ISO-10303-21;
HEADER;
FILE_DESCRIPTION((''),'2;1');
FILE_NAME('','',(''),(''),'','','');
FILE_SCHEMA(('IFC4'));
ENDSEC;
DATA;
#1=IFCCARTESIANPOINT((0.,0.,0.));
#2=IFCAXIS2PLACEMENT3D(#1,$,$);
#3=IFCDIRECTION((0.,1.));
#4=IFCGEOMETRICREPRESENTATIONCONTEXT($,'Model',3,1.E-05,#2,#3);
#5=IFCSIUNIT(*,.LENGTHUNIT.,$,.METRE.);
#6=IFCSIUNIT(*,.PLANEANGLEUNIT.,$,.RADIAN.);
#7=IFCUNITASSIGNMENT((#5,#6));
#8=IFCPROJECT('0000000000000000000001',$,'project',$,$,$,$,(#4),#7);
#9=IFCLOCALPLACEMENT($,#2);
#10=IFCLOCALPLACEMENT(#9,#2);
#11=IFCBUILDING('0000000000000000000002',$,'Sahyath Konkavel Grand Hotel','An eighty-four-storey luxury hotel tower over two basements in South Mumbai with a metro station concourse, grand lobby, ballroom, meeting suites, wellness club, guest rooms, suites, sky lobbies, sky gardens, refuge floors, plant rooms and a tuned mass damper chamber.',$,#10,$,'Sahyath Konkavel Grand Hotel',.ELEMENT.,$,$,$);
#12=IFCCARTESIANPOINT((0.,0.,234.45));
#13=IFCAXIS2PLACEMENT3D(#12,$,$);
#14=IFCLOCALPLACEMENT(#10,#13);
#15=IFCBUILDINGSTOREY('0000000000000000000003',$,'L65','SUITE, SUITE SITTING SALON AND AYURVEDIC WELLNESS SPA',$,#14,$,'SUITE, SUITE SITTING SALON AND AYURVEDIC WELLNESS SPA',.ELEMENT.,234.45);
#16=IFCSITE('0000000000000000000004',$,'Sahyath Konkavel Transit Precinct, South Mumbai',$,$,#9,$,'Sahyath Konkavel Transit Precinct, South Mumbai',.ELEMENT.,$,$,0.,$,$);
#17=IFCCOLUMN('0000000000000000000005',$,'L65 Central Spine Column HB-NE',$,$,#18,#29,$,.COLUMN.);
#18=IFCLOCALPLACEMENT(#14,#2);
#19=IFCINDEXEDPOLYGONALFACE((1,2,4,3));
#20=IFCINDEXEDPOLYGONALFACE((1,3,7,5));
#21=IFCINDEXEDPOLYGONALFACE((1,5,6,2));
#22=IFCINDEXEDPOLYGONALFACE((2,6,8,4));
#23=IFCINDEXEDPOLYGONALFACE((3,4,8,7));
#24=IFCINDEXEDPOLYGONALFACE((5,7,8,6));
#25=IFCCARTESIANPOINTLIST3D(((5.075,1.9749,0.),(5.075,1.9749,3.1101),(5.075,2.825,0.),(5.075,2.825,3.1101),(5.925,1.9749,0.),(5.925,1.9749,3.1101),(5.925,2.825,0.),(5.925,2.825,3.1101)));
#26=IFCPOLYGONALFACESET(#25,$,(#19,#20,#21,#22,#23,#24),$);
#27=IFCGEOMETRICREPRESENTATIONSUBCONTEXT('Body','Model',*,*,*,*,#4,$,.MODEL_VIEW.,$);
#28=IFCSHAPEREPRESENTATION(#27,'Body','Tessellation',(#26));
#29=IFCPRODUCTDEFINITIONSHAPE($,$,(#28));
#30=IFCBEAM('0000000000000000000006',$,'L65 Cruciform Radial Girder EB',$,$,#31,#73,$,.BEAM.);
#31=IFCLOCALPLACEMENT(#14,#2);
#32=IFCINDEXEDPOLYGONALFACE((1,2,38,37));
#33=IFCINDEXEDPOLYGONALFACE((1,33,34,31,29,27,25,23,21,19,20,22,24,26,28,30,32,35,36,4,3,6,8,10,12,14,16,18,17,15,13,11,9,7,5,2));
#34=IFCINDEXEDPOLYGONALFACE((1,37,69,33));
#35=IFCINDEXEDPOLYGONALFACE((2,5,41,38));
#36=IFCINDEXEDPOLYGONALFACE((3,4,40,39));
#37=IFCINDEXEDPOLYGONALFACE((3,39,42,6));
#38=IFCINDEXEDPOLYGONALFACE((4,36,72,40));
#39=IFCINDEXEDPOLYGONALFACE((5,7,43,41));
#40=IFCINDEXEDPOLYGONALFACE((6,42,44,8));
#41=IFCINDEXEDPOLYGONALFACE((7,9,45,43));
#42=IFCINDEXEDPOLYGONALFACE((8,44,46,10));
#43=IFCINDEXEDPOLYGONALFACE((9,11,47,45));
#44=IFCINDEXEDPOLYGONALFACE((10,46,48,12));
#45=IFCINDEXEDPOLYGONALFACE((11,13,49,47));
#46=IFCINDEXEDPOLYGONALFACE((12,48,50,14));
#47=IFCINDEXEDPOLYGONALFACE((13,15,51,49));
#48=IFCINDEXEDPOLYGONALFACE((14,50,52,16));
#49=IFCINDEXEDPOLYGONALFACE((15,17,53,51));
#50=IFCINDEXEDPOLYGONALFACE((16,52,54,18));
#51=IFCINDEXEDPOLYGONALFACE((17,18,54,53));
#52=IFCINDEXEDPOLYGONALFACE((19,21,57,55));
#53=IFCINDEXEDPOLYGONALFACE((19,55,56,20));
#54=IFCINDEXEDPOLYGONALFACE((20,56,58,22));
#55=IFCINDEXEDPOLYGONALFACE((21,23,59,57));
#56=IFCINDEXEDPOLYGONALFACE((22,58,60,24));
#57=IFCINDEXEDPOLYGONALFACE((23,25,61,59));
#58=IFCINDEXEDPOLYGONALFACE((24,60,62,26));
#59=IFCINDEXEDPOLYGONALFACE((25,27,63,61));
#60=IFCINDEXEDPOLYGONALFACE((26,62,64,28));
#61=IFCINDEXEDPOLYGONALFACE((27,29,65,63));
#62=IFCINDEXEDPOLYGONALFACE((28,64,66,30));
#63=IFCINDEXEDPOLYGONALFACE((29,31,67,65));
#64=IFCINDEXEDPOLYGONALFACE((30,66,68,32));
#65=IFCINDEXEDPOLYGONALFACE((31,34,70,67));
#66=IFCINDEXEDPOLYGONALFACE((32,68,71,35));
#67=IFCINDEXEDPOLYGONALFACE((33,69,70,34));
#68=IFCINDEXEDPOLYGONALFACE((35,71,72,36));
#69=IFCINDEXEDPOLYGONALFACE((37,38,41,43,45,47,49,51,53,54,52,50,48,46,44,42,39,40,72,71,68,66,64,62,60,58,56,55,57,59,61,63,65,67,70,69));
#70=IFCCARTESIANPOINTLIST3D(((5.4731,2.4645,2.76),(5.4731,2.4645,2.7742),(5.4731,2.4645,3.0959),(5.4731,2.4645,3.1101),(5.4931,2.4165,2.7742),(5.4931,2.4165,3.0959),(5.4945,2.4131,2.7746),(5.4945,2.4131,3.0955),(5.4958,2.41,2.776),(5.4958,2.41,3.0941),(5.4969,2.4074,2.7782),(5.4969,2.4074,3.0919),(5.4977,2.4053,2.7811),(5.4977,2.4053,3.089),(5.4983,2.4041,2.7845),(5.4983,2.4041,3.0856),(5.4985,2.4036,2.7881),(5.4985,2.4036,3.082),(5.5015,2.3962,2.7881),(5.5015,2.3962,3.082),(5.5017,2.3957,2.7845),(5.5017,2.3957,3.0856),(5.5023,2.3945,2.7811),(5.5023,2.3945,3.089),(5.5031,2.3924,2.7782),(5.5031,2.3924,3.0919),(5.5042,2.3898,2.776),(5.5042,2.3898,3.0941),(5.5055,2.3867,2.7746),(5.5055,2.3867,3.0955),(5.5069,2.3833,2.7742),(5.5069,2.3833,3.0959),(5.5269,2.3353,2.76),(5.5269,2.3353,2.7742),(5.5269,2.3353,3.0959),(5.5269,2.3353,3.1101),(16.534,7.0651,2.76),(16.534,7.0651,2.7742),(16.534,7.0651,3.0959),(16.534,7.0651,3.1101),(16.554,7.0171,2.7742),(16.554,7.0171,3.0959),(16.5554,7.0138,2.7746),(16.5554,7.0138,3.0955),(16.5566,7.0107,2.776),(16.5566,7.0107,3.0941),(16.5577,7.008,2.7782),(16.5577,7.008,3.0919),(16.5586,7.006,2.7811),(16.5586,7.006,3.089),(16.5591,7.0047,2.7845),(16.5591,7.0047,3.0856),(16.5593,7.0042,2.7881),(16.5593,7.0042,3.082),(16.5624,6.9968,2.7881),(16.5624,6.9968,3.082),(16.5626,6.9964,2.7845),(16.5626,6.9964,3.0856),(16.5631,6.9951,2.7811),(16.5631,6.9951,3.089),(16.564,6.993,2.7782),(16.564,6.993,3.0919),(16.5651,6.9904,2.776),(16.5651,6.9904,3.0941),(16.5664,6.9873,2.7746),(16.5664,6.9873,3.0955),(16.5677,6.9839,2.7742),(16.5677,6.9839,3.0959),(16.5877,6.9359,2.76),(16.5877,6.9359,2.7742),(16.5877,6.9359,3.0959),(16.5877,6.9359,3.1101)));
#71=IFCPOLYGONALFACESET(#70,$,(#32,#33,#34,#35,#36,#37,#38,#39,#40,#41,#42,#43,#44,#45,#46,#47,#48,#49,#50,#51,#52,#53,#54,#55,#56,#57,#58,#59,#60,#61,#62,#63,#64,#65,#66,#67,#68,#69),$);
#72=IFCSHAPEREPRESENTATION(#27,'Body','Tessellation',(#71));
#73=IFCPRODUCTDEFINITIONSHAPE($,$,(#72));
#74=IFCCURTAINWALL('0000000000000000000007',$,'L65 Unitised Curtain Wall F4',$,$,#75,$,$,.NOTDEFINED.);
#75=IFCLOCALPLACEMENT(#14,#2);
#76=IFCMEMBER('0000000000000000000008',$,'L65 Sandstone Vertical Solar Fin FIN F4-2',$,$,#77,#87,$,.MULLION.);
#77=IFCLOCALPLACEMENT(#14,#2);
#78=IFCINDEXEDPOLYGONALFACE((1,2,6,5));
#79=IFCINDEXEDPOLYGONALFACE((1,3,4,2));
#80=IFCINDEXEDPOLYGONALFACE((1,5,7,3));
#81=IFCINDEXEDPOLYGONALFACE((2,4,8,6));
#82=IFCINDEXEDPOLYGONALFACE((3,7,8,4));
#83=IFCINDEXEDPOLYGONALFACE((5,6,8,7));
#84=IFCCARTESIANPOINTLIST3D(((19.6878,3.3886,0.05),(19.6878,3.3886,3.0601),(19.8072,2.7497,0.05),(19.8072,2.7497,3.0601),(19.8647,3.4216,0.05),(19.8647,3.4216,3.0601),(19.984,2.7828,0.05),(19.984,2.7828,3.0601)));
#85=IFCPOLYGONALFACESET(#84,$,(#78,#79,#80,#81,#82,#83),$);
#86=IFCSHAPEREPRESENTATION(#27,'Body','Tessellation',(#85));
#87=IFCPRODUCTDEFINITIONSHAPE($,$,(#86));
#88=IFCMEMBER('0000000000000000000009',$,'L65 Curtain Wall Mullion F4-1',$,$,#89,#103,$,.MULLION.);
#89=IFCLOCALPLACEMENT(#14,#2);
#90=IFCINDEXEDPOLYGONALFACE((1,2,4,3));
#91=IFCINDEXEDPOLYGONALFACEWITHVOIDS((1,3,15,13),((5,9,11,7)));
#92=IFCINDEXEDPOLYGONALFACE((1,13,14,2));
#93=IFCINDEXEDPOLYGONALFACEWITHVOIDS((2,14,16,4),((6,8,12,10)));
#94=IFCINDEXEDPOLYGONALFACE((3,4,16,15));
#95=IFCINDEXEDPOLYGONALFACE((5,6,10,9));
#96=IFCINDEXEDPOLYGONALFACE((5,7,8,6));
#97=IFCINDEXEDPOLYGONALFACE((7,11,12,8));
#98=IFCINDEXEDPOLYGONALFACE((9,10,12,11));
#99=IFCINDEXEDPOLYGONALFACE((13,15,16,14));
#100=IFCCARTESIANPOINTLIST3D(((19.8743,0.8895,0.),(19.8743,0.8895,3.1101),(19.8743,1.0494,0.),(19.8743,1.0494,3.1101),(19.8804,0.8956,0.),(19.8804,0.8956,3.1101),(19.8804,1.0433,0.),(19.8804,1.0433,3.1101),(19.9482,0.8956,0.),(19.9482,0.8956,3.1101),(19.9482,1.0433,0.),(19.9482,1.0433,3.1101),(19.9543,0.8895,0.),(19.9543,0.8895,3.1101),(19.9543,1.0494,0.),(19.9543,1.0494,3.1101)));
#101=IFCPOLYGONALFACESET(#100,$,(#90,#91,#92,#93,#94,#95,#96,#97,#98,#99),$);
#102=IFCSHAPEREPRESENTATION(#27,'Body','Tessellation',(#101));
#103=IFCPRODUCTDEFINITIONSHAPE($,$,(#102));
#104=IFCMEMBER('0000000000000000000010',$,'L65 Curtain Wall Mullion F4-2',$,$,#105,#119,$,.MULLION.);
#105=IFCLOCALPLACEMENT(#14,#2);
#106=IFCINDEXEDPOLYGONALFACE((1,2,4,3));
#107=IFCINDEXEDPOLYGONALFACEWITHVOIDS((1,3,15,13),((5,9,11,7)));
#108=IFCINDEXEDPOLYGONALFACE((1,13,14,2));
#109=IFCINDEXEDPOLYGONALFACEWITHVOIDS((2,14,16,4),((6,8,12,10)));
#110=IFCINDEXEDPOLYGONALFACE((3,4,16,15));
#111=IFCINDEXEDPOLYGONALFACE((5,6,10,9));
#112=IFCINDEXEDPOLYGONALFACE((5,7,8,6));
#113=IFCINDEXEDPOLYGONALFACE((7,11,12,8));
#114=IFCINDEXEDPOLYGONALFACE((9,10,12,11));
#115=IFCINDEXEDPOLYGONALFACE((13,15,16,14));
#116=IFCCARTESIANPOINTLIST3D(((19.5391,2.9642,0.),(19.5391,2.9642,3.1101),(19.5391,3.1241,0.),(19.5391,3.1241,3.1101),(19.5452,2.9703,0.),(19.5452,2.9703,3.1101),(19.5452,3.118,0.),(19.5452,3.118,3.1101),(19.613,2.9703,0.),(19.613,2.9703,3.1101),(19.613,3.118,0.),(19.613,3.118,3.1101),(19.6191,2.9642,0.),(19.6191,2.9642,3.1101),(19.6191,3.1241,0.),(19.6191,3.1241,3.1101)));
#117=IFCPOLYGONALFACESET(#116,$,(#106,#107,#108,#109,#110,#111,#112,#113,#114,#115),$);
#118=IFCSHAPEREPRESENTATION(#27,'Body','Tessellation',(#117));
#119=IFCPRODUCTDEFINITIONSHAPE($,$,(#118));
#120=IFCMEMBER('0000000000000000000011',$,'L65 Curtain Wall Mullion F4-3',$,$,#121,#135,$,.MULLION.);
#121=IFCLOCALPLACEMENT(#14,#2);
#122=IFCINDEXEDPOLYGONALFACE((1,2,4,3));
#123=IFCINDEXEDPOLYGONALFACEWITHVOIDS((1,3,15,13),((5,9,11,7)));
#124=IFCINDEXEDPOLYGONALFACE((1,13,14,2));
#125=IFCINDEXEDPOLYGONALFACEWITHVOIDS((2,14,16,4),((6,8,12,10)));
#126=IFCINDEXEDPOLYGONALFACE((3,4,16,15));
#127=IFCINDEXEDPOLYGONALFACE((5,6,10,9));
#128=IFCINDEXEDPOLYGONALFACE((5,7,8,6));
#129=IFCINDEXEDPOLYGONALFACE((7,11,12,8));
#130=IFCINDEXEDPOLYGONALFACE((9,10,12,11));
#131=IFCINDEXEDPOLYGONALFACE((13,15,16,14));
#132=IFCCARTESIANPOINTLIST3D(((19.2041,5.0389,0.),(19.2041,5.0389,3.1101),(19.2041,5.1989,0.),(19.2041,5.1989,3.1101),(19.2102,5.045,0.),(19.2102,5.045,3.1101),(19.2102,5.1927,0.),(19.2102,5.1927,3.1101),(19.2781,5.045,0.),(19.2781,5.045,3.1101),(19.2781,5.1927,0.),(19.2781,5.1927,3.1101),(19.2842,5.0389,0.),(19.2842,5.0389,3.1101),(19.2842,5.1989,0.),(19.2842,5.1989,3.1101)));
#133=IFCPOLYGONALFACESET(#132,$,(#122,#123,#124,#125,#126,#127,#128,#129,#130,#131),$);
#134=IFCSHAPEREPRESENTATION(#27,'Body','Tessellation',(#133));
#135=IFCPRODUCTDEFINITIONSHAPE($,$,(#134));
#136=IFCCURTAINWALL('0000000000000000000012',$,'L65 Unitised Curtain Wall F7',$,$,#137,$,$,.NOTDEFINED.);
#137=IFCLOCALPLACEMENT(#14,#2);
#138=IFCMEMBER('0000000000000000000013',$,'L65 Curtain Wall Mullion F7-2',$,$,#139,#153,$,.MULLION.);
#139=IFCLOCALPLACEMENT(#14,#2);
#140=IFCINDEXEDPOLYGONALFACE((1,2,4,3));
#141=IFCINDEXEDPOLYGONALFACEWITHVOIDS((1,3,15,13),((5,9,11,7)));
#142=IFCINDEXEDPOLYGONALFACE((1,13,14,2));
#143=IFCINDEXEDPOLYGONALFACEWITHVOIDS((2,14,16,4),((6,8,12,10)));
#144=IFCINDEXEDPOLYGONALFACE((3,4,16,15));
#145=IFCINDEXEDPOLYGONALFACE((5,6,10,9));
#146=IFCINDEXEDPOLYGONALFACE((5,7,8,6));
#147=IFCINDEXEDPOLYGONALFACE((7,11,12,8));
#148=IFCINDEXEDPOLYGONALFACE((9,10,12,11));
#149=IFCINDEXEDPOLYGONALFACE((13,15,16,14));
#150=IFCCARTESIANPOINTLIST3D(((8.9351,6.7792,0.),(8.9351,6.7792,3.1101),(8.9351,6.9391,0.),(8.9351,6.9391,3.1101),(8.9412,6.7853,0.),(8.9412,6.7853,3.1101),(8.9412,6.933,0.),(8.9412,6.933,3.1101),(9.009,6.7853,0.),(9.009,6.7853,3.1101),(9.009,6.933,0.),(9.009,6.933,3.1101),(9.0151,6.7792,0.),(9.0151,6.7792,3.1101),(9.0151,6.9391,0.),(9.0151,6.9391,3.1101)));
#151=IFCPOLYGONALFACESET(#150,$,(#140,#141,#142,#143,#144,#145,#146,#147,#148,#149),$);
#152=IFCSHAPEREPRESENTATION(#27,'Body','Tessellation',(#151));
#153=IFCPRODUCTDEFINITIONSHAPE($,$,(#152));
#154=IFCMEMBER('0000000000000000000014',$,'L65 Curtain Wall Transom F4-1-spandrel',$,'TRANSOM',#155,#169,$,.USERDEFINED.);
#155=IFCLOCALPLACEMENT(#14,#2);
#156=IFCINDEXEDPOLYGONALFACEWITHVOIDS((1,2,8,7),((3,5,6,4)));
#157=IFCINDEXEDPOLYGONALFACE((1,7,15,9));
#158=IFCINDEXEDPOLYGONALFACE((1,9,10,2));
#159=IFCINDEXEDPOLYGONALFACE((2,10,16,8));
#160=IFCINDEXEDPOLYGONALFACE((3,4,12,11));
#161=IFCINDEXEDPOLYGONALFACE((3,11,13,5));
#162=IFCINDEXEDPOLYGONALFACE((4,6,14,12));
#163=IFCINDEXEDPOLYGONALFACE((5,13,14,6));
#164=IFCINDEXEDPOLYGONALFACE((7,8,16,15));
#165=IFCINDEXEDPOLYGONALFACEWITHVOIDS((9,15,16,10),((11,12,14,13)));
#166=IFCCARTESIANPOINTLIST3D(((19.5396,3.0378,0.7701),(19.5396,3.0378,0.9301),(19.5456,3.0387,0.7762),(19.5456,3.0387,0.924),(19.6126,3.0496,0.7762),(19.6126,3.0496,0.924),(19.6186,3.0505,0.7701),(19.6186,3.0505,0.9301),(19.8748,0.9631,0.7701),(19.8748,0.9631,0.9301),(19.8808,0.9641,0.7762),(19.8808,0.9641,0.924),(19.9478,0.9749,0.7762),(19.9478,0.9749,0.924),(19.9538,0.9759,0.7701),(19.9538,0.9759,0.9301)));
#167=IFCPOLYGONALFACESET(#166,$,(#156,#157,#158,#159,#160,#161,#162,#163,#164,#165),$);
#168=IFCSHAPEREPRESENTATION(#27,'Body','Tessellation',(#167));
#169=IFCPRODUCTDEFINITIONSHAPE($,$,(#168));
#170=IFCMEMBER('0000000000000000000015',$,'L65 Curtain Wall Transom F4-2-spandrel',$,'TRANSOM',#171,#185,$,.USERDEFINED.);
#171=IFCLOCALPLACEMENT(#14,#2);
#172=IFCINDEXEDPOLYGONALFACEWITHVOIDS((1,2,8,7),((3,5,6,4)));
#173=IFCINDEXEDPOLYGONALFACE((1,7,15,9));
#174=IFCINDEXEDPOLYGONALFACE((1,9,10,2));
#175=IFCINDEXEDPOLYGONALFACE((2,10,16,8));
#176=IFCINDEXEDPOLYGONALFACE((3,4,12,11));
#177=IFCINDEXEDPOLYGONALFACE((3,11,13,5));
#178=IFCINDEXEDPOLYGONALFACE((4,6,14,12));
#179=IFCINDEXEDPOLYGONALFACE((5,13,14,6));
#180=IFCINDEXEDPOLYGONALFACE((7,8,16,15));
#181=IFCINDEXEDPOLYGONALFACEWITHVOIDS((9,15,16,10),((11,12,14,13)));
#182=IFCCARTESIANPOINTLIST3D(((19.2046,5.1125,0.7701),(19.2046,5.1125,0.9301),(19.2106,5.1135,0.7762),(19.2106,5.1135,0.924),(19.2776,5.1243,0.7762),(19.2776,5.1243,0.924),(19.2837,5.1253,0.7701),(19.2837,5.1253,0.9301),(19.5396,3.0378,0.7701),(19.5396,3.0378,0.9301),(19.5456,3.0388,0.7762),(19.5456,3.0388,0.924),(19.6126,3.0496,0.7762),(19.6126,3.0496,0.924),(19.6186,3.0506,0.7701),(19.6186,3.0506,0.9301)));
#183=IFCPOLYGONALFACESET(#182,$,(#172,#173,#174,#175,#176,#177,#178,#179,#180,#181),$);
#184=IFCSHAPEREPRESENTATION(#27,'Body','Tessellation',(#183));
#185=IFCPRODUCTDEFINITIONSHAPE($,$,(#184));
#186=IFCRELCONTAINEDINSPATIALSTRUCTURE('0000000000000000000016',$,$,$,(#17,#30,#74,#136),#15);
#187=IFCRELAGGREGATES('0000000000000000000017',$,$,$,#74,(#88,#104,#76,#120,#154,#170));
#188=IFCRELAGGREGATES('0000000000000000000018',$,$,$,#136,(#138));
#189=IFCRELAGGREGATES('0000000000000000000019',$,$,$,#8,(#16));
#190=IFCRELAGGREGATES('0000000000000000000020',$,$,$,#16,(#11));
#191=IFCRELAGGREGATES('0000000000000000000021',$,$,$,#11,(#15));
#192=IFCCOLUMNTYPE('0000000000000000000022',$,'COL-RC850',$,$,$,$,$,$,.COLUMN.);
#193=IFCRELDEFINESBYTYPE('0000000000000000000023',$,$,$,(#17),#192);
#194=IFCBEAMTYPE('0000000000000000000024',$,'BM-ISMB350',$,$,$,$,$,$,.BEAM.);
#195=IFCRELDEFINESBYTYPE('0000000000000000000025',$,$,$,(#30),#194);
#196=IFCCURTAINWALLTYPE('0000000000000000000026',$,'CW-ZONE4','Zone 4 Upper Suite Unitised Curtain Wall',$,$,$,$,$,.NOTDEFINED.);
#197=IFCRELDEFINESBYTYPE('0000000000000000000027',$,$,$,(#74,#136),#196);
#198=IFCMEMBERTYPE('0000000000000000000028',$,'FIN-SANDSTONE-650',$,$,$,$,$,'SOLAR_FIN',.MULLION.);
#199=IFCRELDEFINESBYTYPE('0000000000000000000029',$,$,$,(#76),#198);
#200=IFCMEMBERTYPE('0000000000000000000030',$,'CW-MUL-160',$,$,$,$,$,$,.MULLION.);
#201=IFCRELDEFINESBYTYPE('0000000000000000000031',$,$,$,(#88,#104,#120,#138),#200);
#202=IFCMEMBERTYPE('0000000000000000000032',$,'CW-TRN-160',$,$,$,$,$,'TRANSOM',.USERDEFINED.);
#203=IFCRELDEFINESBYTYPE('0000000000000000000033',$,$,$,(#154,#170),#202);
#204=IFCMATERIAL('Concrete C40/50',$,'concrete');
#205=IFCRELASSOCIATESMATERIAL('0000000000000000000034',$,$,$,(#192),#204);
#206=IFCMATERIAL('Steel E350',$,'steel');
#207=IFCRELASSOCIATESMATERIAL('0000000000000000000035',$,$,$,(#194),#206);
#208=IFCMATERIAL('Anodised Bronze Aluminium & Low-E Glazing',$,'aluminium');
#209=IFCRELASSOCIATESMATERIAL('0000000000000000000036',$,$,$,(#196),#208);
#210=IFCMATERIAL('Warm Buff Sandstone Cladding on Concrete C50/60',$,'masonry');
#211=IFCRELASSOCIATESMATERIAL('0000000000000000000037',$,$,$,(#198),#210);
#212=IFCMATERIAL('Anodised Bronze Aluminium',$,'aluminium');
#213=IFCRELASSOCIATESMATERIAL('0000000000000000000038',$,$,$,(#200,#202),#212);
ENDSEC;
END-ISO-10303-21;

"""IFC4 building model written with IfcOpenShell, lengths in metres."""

from ifc_helpers import new_model, si_unit, direction, frame, origin, origin_2d, place, context, subcontext, project, spatial, rectangle, hollow_rectangle, i_section, extrude, source, transform, mapped, material, material_profile, profile_set, type_object, element, aggregate, save


model = new_model("IFC4")

# Units and contexts
model_context = context("Model", 3, precision=1e-05, world=origin(), true_north=direction((0.0, 1.0)))
body_context = subcontext(model_context, "Body", "Model", "MODEL_VIEW")
ifc_project = project(units=[si_unit("LENGTHUNIT", "METRE"), si_unit("PLANEANGLEUNIT", "RADIAN")], contexts=[model_context])

# Site, building, storey
site_placement = place(None, origin())
site = spatial("IfcSite", under=ifc_project, at=site_placement, Name="Sahyath Konkavel Transit Precinct, South Mumbai", LongName="Sahyath Konkavel Transit Precinct, South Mumbai", CompositionType="ELEMENT", RefElevation=0.0)
building_placement = place(site_placement, origin())
building = spatial("IfcBuilding", under=site, at=building_placement, Name="Sahyath Konkavel Grand Hotel", Description="An eighty-four-storey luxury hotel tower over two basements in South Mumbai with a metro station concourse, grand lobby, ballroom, meeting suites, wellness club, guest rooms, suites, sky lobbies, sky gardens, refuge floors, plant rooms and a tuned mass damper chamber.", LongName="Sahyath Konkavel Grand Hotel", CompositionType="ELEMENT")
storey_placement = place(building_placement, frame((0.0, 0.0, 234.45)))
storey = spatial("IfcBuildingStorey", under=building, at=storey_placement, Name="L65", Description="SUITE, SUITE SITTING SALON AND AYURVEDIC WELLNESS SPA", LongName="SUITE, SUITE SITTING SALON AND AYURVEDIC WELLNESS SPA", CompositionType="ELEMENT", Elevation=234.45)

# Column
ifc_material_1 = material(Name="Concrete C40/50", Category="concrete")
ifc_material_profile_1 = material_profile(ifc_material_1, rectangle(XDim=0.8501, YDim=0.8501, at=origin_2d()), Name="RC 850x850")
ifc_profile_set_1 = profile_set([ifc_material_profile_1], Name="Concrete C40/50")
column_type = type_object("IfcColumnType", Name="COL-RC850", PredefinedType="COLUMN", material=ifc_profile_set_1)
shared_shape_1 = source(origin(), body_context, "Body", "SweptSolid", [
    extrude(rectangle(XDim=0.8501, YDim=0.8501, at=origin_2d()), origin(), (0.0, 0.0, 1.0), 3.1101),
])
column_placement = place(storey_placement, frame((5.5, 2.3999, 0.0), z_axis=(0.0, 0.0, 1.0), x_axis=(1.0, 0.0, 0.0)))
element("IfcColumn", 1, at=column_placement, inside=storey, type_object=column_type, Name="L65 Central Spine Column HB-NE", PredefinedType="COLUMN", context=body_context, shape_type="MappedRepresentation", body=[
    mapped(shared_shape_1, transform((0.0, 0.0, 0.0), scale=1.0)),
])

# Beam
ifc_material_2 = material(Name="Steel E350", Category="steel")
ifc_material_profile_2 = material_profile(ifc_material_2, i_section(OverallWidth=0.1399, OverallDepth=0.3501, WebThickness=0.0081, FlangeThickness=0.0142, FilletRadius=0.0139, at=origin_2d()), Name="ISMB 350")
ifc_profile_set_2 = profile_set([ifc_material_profile_2], Name="Steel E350")
beam_type_1 = type_object("IfcBeamType", Name="BM-ISMB350", PredefinedType="BEAM", material=ifc_profile_set_2)
shared_shape_2 = source(origin(), body_context, "Body", "SweptSolid", [
    extrude(i_section(OverallWidth=0.1399, OverallDepth=0.3501, WebThickness=0.0081, FlangeThickness=0.0142, FilletRadius=0.0139, at=origin_2d()), origin(), (0.0, 0.0, 1.0), 11.9795),
])
beam_1_placement = place(storey_placement, frame((5.5, 2.3999, 2.9351), z_axis=(0.923316, 0.384041, 0.0), x_axis=(-0.384041, 0.923316, 0.0)))
element("IfcBeam", 2, at=beam_1_placement, inside=storey, type_object=beam_type_1, Name="L65 Cruciform Radial Girder EB", PredefinedType="BEAM", context=body_context, shape_type="MappedRepresentation", body=[
    mapped(shared_shape_2, transform((0.0, 0.0, 0.0), scale=1.0)),
])

# Curtain wall, members
ifc_material_3 = material(Name="Anodised Bronze Aluminium & Low-E Glazing", Category="aluminium")
curtain_wall_type = type_object("IfcCurtainWallType", Name="CW-ZONE4", Description="Zone 4 Upper Suite Unitised Curtain Wall", PredefinedType="NOTDEFINED", material=ifc_material_3)
curtain_wall_1_placement = place(storey_placement, origin())
curtain_wall_1 = element("IfcCurtainWall", 3, at=curtain_wall_1_placement, inside=storey, type_object=curtain_wall_type, Name="L65 Unitised Curtain Wall F4", PredefinedType="NOTDEFINED")
ifc_material_4 = material(Name="Warm Buff Sandstone Cladding on Concrete C50/60", Category="masonry")
ifc_material_profile_3 = material_profile(ifc_material_4, rectangle(XDim=0.1799, YDim=0.6499, at=origin_2d()), Name="FIN 180x650")
ifc_profile_set_3 = profile_set([ifc_material_profile_3], Name="Warm Buff Sandstone Cladding on Concrete C50/60")
member_type_1 = type_object("IfcMemberType", Name="FIN-SANDSTONE-650", ElementType="SOLAR_FIN", PredefinedType="MULLION", material=ifc_profile_set_3)
shared_shape_3 = source(origin(), body_context, "Body", "SweptSolid", [
    extrude(rectangle(XDim=0.1799, YDim=0.6499, at=origin_2d()), origin(), (0.0, 0.0, 1.0), 3.01),
])
member_1_placement = place(storey_placement, frame((19.8359, 3.0857, 0.05), z_axis=(0.0, 0.0, 1.0), x_axis=(0.983, 0.183608, 0.0)))
member_1 = element("IfcMember", 4, at=member_1_placement, type_object=member_type_1, Name="L65 Sandstone Vertical Solar Fin FIN F4-2", PredefinedType="MULLION", context=body_context, shape_type="MappedRepresentation", body=[
    mapped(shared_shape_3, transform((0.0, 0.0, 0.0), scale=1.0)),
])
ifc_material_5 = material(Name="Anodised Bronze Aluminium", Category="aluminium")
ifc_material_profile_4 = material_profile(ifc_material_5, hollow_rectangle(XDim=0.0801, YDim=0.1599, WallThickness=0.0061, at=origin_2d()), Name="RHS 160x80x6")
ifc_profile_set_4 = profile_set([ifc_material_profile_4], Name="Anodised Bronze Aluminium")
member_type_2 = type_object("IfcMemberType", Name="CW-MUL-160", PredefinedType="MULLION", material=ifc_profile_set_4)
shared_shape_4 = source(origin(), body_context, "Body", "SweptSolid", [
    extrude(hollow_rectangle(XDim=0.0801, YDim=0.1599, WallThickness=0.0061, at=origin_2d()), origin(), (0.0, 0.0, 1.0), 3.1101),
])
member_2_placement = place(storey_placement, frame((19.9143, 0.9695, 0.0), z_axis=(0.0, 0.0, 1.0), x_axis=(1.0, 0.0, 0.0)))
member_2 = element("IfcMember", 5, at=member_2_placement, type_object=member_type_2, Name="L65 Curtain Wall Mullion F4-1", PredefinedType="MULLION", context=body_context, shape_type="MappedRepresentation", body=[
    mapped(shared_shape_4, transform((0.0, 0.0, 0.0), scale=1.0)),
])
member_3_placement = place(storey_placement, frame((19.5791, 3.0442, 0.0), z_axis=(0.0, 0.0, 1.0), x_axis=(1.0, 0.0, 0.0)))
member_3 = element("IfcMember", 6, at=member_3_placement, type_object=member_type_2, Name="L65 Curtain Wall Mullion F4-2", PredefinedType="MULLION", context=body_context, shape_type="MappedRepresentation", body=[
    mapped(shared_shape_4, transform((0.0, 0.0, 0.0), scale=1.0)),
])
member_4_placement = place(storey_placement, frame((19.2441, 5.1189, 0.0), z_axis=(0.0, 0.0, 1.0), x_axis=(1.0, 0.0, 0.0)))
member_4 = element("IfcMember", 7, at=member_4_placement, type_object=member_type_2, Name="L65 Curtain Wall Mullion F4-3", PredefinedType="MULLION", context=body_context, shape_type="MappedRepresentation", body=[
    mapped(shared_shape_4, transform((0.0, 0.0, 0.0), scale=1.0)),
])

# Curtain wall, member
curtain_wall_2_placement = place(storey_placement, origin())
curtain_wall_2 = element("IfcCurtainWall", 8, at=curtain_wall_2_placement, inside=storey, type_object=curtain_wall_type, Name="L65 Unitised Curtain Wall F7", PredefinedType="NOTDEFINED")
member_5_placement = place(storey_placement, frame((8.9751, 6.8591, 0.0), z_axis=(0.0, 0.0, 1.0), x_axis=(1.0, 0.0, 0.0)))
member_5 = element("IfcMember", 9, at=member_5_placement, type_object=member_type_2, Name="L65 Curtain Wall Mullion F7-2", PredefinedType="MULLION", context=body_context, shape_type="MappedRepresentation", body=[
    mapped(shared_shape_4, transform((0.0, 0.0, 0.0), scale=1.0)),
])

# Members
ifc_material_profile_5 = material_profile(ifc_material_5, hollow_rectangle(XDim=0.0801, YDim=0.1599, WallThickness=0.0061, at=origin_2d()), Name="RHS 160x80x6")
ifc_profile_set_5 = profile_set([ifc_material_profile_5], Name="Anodised Bronze Aluminium")
member_type_3 = type_object("IfcMemberType", Name="CW-TRN-160", ElementType="TRANSOM", PredefinedType="USERDEFINED", material=ifc_profile_set_5)
shared_shape_5 = source(origin(), body_context, "Body", "SweptSolid", [
    extrude(hollow_rectangle(XDim=0.0801, YDim=0.1599, WallThickness=0.0061, at=origin_2d()), origin(), (0.0, 0.0, 1.0), 2.1016),
])
member_6_placement = place(storey_placement, frame((19.9143, 0.9695, 0.8501), z_axis=(-0.159499, 0.987198, 0.0), x_axis=(-0.987198, -0.159499, 0.0)))
member_6 = element("IfcMember", 10, at=member_6_placement, type_object=member_type_3, Name="L65 Curtain Wall Transom F4-1-spandrel", ObjectType="TRANSOM", PredefinedType="USERDEFINED", context=body_context, shape_type="MappedRepresentation", body=[
    mapped(shared_shape_5, transform((0.0, 0.0, 0.0), scale=1.0)),
])
member_7_placement = place(storey_placement, frame((19.5791, 3.0442, 0.8501), z_axis=(-0.159386, 0.987216, 0.0), x_axis=(-0.987216, -0.159386, 0.0)))
member_7 = element("IfcMember", 11, at=member_7_placement, type_object=member_type_3, Name="L65 Curtain Wall Transom F4-2-spandrel", ObjectType="TRANSOM", PredefinedType="USERDEFINED", context=body_context, shape_type="MappedRepresentation", body=[
    mapped(shared_shape_5, transform((0.0, 0.0, 0.0), scale=1.0)),
])

aggregate(curtain_wall_1, [member_2, member_3, member_1, member_4, member_6, member_7])
aggregate(curtain_wall_2, [member_5])

save(model, "model.ifc")
